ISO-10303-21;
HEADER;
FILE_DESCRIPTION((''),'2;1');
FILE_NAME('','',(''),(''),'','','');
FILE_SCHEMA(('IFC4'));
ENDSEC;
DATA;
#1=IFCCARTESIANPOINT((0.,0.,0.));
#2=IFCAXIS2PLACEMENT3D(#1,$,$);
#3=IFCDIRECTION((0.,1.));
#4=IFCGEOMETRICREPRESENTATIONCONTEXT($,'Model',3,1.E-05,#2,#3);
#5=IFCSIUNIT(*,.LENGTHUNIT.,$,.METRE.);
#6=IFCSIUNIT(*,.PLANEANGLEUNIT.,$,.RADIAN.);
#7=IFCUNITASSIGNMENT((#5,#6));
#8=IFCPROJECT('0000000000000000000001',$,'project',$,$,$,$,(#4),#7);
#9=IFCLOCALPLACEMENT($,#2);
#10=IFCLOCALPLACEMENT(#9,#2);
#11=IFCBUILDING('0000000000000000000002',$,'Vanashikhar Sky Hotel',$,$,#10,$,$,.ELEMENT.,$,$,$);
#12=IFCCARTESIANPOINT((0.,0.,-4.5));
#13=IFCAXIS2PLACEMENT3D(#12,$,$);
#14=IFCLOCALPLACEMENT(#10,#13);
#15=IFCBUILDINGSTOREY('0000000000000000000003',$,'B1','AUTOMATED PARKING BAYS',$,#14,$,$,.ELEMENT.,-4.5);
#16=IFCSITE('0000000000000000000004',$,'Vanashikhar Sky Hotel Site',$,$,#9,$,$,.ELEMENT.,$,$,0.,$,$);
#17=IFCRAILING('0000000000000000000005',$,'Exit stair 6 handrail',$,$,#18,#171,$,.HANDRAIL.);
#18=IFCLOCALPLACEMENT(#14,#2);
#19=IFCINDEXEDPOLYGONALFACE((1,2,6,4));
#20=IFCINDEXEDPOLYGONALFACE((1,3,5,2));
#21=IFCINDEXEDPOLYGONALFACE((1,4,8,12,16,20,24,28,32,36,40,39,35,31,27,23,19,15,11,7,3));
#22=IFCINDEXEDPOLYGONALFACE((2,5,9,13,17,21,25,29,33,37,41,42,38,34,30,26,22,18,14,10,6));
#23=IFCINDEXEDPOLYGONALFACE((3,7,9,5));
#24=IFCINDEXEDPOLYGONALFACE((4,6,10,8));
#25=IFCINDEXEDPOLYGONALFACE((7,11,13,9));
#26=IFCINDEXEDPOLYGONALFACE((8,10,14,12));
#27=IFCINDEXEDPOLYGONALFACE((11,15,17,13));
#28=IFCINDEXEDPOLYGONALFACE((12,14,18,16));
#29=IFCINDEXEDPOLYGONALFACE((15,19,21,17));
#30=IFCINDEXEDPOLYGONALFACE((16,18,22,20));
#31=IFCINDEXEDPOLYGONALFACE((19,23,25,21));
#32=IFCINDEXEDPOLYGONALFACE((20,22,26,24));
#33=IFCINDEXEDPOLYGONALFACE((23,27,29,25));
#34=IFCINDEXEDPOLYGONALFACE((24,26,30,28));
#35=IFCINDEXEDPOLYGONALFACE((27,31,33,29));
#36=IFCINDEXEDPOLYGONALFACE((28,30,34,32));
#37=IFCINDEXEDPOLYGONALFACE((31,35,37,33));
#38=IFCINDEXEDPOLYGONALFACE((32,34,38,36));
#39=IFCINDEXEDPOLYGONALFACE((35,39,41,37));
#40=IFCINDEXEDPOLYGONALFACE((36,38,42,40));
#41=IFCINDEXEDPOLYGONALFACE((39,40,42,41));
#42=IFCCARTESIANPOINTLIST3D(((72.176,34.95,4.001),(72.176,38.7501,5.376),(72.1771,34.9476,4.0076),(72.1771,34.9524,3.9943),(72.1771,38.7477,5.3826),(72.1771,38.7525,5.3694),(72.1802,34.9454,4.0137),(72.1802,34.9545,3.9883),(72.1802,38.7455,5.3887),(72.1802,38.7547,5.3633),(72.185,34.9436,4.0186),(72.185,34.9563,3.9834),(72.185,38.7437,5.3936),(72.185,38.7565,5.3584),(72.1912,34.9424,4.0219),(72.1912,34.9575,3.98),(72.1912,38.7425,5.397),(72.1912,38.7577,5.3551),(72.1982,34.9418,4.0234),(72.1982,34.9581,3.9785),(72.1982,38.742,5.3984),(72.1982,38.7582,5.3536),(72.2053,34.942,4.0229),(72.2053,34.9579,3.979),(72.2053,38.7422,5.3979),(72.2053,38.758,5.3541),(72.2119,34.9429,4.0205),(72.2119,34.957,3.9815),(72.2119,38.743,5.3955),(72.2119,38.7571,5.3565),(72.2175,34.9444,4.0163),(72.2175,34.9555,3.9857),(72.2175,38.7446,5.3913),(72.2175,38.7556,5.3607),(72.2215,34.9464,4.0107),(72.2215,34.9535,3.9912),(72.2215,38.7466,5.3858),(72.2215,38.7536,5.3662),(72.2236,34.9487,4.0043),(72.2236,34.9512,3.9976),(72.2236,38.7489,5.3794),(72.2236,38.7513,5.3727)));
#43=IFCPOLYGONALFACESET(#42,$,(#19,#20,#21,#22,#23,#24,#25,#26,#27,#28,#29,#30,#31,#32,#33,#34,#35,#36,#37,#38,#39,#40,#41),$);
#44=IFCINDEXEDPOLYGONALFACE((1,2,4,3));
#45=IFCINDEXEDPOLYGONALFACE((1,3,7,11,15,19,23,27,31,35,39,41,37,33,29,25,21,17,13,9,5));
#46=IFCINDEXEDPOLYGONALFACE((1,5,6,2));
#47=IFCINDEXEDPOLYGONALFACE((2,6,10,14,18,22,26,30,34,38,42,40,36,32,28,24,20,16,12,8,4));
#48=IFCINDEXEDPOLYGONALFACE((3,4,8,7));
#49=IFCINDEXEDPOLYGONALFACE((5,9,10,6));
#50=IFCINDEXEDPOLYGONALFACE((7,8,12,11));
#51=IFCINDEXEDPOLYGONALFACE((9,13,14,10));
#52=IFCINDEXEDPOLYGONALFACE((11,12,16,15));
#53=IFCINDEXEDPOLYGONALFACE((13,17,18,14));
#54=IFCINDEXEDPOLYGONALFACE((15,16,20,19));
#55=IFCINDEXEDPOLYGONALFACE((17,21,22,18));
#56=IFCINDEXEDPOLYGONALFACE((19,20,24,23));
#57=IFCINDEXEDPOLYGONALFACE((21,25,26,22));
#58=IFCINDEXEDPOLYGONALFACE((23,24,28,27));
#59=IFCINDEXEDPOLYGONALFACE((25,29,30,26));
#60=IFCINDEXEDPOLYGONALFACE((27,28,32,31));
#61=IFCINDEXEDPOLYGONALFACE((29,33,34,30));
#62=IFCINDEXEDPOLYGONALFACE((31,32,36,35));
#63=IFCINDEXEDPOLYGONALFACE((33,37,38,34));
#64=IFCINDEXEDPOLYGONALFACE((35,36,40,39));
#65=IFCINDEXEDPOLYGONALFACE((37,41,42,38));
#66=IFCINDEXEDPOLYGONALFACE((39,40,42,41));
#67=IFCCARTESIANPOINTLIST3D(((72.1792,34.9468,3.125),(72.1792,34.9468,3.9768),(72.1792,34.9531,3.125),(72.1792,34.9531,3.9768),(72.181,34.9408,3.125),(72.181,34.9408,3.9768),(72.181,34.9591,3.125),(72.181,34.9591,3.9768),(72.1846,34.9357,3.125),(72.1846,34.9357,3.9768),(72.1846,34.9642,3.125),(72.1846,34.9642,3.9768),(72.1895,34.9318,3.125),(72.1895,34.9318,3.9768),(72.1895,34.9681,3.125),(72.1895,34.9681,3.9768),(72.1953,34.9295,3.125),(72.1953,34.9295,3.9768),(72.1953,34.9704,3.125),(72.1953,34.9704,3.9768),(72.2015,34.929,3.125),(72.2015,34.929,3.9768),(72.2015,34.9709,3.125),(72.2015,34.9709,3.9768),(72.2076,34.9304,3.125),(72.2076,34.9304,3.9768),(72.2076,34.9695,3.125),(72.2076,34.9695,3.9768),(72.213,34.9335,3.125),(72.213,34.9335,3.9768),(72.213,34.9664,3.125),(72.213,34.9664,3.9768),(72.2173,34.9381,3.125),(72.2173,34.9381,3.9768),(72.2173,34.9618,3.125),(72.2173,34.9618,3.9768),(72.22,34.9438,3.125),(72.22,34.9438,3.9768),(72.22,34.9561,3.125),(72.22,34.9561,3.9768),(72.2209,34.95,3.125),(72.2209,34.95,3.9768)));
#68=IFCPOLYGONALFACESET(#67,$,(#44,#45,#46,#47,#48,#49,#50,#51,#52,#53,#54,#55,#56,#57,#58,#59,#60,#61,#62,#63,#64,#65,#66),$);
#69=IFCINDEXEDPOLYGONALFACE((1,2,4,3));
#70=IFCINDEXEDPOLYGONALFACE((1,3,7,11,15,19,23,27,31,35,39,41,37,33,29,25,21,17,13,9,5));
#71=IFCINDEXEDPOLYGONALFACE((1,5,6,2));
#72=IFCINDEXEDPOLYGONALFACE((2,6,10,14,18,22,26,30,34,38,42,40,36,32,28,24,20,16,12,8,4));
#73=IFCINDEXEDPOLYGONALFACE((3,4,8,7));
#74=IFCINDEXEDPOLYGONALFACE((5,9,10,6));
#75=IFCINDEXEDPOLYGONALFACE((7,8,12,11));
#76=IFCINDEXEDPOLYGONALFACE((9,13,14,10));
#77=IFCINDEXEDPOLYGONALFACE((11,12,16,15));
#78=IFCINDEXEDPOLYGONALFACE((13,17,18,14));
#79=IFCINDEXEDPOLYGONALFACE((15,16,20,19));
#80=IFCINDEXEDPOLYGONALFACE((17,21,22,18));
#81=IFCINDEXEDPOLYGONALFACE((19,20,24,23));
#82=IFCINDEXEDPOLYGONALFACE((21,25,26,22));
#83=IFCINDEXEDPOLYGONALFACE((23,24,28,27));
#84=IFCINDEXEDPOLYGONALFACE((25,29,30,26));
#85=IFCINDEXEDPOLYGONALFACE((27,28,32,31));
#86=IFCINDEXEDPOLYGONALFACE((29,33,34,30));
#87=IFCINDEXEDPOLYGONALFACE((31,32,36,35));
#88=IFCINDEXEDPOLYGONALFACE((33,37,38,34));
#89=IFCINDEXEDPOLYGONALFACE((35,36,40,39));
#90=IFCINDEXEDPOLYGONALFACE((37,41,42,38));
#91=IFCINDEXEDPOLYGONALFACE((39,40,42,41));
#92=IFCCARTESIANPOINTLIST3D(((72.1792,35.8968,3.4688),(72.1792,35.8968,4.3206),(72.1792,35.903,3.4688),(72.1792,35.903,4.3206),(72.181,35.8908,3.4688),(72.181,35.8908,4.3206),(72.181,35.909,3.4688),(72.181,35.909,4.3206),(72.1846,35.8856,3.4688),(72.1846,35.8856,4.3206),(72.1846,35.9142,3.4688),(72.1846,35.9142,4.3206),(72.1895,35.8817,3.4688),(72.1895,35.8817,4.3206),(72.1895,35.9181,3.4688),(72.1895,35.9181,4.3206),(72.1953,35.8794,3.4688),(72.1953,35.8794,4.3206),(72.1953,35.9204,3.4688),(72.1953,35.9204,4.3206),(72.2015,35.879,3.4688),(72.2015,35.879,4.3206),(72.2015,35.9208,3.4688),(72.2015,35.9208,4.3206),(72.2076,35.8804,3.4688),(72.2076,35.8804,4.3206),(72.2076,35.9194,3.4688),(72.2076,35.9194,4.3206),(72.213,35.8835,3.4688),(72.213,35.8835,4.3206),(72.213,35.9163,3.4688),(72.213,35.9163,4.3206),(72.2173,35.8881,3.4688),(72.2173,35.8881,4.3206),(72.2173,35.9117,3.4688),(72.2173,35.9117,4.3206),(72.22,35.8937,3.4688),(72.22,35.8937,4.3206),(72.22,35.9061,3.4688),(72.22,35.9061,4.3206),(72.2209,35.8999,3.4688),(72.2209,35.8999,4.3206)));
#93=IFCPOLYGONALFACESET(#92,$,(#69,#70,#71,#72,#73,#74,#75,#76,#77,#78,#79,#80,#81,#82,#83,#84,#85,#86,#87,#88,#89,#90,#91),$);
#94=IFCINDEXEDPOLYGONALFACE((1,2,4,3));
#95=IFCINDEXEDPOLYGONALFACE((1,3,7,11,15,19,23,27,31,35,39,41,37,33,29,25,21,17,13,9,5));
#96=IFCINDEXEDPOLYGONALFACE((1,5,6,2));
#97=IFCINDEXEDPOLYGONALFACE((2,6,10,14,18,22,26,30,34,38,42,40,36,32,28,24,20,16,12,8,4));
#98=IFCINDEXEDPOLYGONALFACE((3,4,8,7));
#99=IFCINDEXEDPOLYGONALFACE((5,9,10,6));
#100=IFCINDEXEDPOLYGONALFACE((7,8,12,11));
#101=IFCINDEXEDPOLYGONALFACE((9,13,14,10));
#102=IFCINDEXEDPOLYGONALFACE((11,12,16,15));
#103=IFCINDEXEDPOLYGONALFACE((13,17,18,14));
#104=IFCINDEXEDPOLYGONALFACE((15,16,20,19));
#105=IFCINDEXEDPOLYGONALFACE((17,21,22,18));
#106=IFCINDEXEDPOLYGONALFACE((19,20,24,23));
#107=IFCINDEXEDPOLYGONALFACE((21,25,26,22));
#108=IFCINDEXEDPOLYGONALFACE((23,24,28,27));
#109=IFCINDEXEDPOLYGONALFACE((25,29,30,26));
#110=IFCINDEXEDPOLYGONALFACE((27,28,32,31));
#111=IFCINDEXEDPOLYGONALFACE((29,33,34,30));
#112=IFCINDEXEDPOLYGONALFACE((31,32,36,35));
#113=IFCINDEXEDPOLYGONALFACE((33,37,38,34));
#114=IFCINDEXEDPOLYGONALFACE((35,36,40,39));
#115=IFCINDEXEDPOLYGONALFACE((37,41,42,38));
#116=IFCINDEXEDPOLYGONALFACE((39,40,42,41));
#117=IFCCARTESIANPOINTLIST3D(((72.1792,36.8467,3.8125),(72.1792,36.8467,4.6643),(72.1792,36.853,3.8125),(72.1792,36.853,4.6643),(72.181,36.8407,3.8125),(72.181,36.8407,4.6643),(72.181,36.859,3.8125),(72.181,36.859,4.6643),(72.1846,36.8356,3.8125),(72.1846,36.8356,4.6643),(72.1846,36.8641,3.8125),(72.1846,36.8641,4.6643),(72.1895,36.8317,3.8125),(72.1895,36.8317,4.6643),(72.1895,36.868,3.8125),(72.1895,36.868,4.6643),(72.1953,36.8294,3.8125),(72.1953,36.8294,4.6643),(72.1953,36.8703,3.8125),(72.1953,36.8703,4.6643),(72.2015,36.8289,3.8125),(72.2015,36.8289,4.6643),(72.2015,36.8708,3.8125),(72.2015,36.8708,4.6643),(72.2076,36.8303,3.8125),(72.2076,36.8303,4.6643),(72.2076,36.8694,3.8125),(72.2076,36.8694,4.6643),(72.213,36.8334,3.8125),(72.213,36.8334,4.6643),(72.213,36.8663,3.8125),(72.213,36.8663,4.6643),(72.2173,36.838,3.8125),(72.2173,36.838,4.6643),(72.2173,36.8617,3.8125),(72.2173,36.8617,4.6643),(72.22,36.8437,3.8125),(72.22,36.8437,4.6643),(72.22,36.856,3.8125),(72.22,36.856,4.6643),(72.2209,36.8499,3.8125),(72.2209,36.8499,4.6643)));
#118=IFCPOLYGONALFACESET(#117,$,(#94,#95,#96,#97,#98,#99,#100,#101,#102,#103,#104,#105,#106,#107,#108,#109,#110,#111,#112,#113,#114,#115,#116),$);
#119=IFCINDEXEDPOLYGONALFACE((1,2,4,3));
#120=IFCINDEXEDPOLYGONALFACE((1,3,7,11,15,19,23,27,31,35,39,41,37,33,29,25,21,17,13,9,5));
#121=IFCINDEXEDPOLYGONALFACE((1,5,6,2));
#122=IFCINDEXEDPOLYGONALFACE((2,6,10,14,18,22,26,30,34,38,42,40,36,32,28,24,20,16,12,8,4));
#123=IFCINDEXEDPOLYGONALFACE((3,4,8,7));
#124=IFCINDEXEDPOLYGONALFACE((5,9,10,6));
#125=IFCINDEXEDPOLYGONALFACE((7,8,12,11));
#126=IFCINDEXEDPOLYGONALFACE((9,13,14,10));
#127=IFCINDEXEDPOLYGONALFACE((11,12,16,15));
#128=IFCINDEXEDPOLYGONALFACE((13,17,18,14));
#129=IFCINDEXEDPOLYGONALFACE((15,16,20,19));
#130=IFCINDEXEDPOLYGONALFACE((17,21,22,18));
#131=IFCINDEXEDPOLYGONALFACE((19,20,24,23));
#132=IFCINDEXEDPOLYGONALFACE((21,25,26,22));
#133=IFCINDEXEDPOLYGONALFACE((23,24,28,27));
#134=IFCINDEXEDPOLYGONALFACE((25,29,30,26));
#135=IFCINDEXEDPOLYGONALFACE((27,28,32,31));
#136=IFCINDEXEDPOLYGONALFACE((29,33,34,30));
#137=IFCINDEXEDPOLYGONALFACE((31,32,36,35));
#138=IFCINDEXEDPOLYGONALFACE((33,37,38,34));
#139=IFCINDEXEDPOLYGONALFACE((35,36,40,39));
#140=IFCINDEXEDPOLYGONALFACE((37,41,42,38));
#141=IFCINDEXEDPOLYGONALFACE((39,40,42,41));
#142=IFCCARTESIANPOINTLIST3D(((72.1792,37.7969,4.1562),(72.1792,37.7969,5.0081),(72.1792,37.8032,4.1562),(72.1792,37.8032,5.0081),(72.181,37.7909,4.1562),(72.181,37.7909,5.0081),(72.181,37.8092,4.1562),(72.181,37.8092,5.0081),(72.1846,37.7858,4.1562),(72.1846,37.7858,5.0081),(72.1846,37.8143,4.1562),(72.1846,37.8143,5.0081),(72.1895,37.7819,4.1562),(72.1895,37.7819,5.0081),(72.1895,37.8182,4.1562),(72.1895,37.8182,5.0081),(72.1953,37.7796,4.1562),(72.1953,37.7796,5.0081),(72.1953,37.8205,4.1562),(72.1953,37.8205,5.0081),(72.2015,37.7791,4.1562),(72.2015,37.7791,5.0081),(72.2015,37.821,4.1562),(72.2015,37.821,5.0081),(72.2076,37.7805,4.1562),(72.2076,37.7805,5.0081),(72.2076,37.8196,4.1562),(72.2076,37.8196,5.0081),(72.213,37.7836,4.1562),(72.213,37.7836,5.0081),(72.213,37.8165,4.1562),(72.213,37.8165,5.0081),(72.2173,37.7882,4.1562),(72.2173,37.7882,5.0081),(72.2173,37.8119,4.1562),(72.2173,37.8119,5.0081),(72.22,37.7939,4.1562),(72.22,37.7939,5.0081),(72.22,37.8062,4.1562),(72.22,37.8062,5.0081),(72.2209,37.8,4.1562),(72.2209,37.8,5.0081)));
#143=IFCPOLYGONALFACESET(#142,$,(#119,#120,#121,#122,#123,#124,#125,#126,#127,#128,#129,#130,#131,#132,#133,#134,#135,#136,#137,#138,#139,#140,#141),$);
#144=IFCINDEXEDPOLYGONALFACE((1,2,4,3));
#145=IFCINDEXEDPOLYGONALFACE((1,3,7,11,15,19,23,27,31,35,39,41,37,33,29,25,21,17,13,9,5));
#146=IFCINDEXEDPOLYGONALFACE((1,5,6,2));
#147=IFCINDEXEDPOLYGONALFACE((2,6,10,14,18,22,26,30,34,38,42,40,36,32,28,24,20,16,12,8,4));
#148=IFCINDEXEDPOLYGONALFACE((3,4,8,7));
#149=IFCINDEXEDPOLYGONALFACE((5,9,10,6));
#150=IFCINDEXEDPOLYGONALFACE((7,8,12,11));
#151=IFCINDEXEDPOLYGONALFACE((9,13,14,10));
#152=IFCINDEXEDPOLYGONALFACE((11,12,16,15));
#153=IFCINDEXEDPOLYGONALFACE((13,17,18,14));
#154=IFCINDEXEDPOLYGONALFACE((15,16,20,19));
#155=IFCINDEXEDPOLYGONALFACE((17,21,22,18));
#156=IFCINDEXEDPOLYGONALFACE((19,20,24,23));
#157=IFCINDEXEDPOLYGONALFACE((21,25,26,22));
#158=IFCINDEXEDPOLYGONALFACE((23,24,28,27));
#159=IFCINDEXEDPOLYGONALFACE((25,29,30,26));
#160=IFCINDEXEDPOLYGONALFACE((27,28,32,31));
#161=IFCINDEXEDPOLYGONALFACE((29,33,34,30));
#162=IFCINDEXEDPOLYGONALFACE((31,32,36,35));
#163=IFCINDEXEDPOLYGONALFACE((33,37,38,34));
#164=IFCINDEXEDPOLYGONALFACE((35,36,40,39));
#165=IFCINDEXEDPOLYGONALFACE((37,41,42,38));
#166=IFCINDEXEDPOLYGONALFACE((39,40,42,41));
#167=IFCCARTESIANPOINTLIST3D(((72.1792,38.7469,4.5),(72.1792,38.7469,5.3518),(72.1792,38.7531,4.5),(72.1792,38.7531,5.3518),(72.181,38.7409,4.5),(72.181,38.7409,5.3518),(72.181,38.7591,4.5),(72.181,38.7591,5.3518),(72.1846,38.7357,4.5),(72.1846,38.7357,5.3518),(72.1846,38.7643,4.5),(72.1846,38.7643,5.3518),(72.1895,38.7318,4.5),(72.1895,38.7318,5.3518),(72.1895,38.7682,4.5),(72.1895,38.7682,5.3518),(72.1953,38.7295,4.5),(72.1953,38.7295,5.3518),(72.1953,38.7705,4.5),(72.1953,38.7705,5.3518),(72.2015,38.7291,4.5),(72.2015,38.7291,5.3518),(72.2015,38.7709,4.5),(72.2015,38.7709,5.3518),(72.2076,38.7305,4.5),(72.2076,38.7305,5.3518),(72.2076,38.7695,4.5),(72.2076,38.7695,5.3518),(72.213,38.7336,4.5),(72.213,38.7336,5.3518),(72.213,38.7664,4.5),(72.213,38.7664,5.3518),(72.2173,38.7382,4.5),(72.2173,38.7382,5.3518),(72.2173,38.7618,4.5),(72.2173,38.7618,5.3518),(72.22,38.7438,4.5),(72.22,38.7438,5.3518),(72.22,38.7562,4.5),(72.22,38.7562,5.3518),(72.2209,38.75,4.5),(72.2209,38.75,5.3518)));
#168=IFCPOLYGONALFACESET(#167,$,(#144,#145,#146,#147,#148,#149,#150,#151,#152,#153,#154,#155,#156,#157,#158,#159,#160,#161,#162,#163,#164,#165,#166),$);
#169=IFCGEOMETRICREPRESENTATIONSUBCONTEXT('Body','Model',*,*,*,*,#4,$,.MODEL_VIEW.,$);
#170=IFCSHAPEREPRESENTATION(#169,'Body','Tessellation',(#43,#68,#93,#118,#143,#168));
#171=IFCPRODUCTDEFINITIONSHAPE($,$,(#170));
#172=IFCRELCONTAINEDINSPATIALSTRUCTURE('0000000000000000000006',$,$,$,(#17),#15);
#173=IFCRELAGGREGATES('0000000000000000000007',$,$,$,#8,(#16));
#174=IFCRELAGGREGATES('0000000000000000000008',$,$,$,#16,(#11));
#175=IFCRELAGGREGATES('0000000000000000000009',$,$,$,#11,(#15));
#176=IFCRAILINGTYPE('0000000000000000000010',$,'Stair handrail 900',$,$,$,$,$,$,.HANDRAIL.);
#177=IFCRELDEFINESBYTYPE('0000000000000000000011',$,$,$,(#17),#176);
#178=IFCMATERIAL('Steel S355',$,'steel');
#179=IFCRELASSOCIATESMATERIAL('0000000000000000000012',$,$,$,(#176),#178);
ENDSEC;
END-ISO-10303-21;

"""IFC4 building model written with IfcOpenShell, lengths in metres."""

from ifc_helpers import new_model, si_unit, direction, frame, origin, origin_2d, place, context, subcontext, project, spatial, circle, extrude, source, transform, mapped, material, type_object, element, save


model = new_model("IFC4")

# Units and contexts
model_context = context("Model", 3, precision=1e-05, world=origin(), true_north=direction((0.0, 1.0)))
body_context = subcontext(model_context, "Body", "Model", "MODEL_VIEW")
ifc_project = project(units=[si_unit("LENGTHUNIT", "METRE"), si_unit("PLANEANGLEUNIT", "RADIAN")], contexts=[model_context])

# Site, building, storey
site_placement = place(None, origin())
site = spatial("IfcSite", under=ifc_project, at=site_placement, Name="Vanashikhar Sky Hotel Site", CompositionType="ELEMENT", RefElevation=0.0)
building_placement = place(site_placement, origin())
building = spatial("IfcBuilding", under=site, at=building_placement, Name="Vanashikhar Sky Hotel", CompositionType="ELEMENT")
storey_placement = place(building_placement, frame((0.0, 0.0, -4.5)))
storey = spatial("IfcBuildingStorey", under=building, at=storey_placement, Name="B1", Description="AUTOMATED PARKING BAYS", CompositionType="ELEMENT", Elevation=-4.5)

# Railing
ifc_material_1 = material(Name="Steel S355", Category="steel")
railing_type_1 = type_object("IfcRailingType", Name="Stair handrail 900", PredefinedType="HANDRAIL", material=ifc_material_1)
shared_shape_1 = source(origin(), body_context, "Body", "SweptSolid", [
    extrude(circle(Radius=0.0239, at=origin_2d()), frame((0.0, 0.0, 0.876), z_axis=(0.0, 0.940336, 0.340249), x_axis=(-1.0, 0.0, 0.0)), (0.0, 0.0, 1.0), 4.0413),
    extrude(circle(Radius=0.021, at=origin_2d()), origin(), (0.0, 0.0, 1.0), 0.8518),
    extrude(circle(Radius=0.021, at=origin_2d()), frame((0.0, 0.95, 0.3438)), (0.0, 0.0, 1.0), 0.8518),
    extrude(circle(Radius=0.021, at=origin_2d()), frame((0.0, 1.8999, 0.6875)), (0.0, 0.0, 1.0), 0.8518),
    extrude(circle(Radius=0.021, at=origin_2d()), frame((0.0, 2.8501, 1.0312)), (0.0, 0.0, 1.0), 0.8518),
    extrude(circle(Radius=0.021, at=origin_2d()), frame((0.0, 3.8, 1.375)), (0.0, 0.0, 1.0), 0.8518),
])
for number, where, name in (
    (1, (72.2, 34.95, 3.125), "Exit stair 6 handrail"),
):
    element("IfcRailing", number, at=place(storey_placement, frame(where)), inside=storey, type_object=railing_type_1, Name=name, PredefinedType="HANDRAIL", context=body_context, shape_type="MappedRepresentation", body=[
        mapped(shared_shape_1, transform((0.0, 0.0, 0.0), scale=1.0)),
    ])

save(model, "model.ifc")
